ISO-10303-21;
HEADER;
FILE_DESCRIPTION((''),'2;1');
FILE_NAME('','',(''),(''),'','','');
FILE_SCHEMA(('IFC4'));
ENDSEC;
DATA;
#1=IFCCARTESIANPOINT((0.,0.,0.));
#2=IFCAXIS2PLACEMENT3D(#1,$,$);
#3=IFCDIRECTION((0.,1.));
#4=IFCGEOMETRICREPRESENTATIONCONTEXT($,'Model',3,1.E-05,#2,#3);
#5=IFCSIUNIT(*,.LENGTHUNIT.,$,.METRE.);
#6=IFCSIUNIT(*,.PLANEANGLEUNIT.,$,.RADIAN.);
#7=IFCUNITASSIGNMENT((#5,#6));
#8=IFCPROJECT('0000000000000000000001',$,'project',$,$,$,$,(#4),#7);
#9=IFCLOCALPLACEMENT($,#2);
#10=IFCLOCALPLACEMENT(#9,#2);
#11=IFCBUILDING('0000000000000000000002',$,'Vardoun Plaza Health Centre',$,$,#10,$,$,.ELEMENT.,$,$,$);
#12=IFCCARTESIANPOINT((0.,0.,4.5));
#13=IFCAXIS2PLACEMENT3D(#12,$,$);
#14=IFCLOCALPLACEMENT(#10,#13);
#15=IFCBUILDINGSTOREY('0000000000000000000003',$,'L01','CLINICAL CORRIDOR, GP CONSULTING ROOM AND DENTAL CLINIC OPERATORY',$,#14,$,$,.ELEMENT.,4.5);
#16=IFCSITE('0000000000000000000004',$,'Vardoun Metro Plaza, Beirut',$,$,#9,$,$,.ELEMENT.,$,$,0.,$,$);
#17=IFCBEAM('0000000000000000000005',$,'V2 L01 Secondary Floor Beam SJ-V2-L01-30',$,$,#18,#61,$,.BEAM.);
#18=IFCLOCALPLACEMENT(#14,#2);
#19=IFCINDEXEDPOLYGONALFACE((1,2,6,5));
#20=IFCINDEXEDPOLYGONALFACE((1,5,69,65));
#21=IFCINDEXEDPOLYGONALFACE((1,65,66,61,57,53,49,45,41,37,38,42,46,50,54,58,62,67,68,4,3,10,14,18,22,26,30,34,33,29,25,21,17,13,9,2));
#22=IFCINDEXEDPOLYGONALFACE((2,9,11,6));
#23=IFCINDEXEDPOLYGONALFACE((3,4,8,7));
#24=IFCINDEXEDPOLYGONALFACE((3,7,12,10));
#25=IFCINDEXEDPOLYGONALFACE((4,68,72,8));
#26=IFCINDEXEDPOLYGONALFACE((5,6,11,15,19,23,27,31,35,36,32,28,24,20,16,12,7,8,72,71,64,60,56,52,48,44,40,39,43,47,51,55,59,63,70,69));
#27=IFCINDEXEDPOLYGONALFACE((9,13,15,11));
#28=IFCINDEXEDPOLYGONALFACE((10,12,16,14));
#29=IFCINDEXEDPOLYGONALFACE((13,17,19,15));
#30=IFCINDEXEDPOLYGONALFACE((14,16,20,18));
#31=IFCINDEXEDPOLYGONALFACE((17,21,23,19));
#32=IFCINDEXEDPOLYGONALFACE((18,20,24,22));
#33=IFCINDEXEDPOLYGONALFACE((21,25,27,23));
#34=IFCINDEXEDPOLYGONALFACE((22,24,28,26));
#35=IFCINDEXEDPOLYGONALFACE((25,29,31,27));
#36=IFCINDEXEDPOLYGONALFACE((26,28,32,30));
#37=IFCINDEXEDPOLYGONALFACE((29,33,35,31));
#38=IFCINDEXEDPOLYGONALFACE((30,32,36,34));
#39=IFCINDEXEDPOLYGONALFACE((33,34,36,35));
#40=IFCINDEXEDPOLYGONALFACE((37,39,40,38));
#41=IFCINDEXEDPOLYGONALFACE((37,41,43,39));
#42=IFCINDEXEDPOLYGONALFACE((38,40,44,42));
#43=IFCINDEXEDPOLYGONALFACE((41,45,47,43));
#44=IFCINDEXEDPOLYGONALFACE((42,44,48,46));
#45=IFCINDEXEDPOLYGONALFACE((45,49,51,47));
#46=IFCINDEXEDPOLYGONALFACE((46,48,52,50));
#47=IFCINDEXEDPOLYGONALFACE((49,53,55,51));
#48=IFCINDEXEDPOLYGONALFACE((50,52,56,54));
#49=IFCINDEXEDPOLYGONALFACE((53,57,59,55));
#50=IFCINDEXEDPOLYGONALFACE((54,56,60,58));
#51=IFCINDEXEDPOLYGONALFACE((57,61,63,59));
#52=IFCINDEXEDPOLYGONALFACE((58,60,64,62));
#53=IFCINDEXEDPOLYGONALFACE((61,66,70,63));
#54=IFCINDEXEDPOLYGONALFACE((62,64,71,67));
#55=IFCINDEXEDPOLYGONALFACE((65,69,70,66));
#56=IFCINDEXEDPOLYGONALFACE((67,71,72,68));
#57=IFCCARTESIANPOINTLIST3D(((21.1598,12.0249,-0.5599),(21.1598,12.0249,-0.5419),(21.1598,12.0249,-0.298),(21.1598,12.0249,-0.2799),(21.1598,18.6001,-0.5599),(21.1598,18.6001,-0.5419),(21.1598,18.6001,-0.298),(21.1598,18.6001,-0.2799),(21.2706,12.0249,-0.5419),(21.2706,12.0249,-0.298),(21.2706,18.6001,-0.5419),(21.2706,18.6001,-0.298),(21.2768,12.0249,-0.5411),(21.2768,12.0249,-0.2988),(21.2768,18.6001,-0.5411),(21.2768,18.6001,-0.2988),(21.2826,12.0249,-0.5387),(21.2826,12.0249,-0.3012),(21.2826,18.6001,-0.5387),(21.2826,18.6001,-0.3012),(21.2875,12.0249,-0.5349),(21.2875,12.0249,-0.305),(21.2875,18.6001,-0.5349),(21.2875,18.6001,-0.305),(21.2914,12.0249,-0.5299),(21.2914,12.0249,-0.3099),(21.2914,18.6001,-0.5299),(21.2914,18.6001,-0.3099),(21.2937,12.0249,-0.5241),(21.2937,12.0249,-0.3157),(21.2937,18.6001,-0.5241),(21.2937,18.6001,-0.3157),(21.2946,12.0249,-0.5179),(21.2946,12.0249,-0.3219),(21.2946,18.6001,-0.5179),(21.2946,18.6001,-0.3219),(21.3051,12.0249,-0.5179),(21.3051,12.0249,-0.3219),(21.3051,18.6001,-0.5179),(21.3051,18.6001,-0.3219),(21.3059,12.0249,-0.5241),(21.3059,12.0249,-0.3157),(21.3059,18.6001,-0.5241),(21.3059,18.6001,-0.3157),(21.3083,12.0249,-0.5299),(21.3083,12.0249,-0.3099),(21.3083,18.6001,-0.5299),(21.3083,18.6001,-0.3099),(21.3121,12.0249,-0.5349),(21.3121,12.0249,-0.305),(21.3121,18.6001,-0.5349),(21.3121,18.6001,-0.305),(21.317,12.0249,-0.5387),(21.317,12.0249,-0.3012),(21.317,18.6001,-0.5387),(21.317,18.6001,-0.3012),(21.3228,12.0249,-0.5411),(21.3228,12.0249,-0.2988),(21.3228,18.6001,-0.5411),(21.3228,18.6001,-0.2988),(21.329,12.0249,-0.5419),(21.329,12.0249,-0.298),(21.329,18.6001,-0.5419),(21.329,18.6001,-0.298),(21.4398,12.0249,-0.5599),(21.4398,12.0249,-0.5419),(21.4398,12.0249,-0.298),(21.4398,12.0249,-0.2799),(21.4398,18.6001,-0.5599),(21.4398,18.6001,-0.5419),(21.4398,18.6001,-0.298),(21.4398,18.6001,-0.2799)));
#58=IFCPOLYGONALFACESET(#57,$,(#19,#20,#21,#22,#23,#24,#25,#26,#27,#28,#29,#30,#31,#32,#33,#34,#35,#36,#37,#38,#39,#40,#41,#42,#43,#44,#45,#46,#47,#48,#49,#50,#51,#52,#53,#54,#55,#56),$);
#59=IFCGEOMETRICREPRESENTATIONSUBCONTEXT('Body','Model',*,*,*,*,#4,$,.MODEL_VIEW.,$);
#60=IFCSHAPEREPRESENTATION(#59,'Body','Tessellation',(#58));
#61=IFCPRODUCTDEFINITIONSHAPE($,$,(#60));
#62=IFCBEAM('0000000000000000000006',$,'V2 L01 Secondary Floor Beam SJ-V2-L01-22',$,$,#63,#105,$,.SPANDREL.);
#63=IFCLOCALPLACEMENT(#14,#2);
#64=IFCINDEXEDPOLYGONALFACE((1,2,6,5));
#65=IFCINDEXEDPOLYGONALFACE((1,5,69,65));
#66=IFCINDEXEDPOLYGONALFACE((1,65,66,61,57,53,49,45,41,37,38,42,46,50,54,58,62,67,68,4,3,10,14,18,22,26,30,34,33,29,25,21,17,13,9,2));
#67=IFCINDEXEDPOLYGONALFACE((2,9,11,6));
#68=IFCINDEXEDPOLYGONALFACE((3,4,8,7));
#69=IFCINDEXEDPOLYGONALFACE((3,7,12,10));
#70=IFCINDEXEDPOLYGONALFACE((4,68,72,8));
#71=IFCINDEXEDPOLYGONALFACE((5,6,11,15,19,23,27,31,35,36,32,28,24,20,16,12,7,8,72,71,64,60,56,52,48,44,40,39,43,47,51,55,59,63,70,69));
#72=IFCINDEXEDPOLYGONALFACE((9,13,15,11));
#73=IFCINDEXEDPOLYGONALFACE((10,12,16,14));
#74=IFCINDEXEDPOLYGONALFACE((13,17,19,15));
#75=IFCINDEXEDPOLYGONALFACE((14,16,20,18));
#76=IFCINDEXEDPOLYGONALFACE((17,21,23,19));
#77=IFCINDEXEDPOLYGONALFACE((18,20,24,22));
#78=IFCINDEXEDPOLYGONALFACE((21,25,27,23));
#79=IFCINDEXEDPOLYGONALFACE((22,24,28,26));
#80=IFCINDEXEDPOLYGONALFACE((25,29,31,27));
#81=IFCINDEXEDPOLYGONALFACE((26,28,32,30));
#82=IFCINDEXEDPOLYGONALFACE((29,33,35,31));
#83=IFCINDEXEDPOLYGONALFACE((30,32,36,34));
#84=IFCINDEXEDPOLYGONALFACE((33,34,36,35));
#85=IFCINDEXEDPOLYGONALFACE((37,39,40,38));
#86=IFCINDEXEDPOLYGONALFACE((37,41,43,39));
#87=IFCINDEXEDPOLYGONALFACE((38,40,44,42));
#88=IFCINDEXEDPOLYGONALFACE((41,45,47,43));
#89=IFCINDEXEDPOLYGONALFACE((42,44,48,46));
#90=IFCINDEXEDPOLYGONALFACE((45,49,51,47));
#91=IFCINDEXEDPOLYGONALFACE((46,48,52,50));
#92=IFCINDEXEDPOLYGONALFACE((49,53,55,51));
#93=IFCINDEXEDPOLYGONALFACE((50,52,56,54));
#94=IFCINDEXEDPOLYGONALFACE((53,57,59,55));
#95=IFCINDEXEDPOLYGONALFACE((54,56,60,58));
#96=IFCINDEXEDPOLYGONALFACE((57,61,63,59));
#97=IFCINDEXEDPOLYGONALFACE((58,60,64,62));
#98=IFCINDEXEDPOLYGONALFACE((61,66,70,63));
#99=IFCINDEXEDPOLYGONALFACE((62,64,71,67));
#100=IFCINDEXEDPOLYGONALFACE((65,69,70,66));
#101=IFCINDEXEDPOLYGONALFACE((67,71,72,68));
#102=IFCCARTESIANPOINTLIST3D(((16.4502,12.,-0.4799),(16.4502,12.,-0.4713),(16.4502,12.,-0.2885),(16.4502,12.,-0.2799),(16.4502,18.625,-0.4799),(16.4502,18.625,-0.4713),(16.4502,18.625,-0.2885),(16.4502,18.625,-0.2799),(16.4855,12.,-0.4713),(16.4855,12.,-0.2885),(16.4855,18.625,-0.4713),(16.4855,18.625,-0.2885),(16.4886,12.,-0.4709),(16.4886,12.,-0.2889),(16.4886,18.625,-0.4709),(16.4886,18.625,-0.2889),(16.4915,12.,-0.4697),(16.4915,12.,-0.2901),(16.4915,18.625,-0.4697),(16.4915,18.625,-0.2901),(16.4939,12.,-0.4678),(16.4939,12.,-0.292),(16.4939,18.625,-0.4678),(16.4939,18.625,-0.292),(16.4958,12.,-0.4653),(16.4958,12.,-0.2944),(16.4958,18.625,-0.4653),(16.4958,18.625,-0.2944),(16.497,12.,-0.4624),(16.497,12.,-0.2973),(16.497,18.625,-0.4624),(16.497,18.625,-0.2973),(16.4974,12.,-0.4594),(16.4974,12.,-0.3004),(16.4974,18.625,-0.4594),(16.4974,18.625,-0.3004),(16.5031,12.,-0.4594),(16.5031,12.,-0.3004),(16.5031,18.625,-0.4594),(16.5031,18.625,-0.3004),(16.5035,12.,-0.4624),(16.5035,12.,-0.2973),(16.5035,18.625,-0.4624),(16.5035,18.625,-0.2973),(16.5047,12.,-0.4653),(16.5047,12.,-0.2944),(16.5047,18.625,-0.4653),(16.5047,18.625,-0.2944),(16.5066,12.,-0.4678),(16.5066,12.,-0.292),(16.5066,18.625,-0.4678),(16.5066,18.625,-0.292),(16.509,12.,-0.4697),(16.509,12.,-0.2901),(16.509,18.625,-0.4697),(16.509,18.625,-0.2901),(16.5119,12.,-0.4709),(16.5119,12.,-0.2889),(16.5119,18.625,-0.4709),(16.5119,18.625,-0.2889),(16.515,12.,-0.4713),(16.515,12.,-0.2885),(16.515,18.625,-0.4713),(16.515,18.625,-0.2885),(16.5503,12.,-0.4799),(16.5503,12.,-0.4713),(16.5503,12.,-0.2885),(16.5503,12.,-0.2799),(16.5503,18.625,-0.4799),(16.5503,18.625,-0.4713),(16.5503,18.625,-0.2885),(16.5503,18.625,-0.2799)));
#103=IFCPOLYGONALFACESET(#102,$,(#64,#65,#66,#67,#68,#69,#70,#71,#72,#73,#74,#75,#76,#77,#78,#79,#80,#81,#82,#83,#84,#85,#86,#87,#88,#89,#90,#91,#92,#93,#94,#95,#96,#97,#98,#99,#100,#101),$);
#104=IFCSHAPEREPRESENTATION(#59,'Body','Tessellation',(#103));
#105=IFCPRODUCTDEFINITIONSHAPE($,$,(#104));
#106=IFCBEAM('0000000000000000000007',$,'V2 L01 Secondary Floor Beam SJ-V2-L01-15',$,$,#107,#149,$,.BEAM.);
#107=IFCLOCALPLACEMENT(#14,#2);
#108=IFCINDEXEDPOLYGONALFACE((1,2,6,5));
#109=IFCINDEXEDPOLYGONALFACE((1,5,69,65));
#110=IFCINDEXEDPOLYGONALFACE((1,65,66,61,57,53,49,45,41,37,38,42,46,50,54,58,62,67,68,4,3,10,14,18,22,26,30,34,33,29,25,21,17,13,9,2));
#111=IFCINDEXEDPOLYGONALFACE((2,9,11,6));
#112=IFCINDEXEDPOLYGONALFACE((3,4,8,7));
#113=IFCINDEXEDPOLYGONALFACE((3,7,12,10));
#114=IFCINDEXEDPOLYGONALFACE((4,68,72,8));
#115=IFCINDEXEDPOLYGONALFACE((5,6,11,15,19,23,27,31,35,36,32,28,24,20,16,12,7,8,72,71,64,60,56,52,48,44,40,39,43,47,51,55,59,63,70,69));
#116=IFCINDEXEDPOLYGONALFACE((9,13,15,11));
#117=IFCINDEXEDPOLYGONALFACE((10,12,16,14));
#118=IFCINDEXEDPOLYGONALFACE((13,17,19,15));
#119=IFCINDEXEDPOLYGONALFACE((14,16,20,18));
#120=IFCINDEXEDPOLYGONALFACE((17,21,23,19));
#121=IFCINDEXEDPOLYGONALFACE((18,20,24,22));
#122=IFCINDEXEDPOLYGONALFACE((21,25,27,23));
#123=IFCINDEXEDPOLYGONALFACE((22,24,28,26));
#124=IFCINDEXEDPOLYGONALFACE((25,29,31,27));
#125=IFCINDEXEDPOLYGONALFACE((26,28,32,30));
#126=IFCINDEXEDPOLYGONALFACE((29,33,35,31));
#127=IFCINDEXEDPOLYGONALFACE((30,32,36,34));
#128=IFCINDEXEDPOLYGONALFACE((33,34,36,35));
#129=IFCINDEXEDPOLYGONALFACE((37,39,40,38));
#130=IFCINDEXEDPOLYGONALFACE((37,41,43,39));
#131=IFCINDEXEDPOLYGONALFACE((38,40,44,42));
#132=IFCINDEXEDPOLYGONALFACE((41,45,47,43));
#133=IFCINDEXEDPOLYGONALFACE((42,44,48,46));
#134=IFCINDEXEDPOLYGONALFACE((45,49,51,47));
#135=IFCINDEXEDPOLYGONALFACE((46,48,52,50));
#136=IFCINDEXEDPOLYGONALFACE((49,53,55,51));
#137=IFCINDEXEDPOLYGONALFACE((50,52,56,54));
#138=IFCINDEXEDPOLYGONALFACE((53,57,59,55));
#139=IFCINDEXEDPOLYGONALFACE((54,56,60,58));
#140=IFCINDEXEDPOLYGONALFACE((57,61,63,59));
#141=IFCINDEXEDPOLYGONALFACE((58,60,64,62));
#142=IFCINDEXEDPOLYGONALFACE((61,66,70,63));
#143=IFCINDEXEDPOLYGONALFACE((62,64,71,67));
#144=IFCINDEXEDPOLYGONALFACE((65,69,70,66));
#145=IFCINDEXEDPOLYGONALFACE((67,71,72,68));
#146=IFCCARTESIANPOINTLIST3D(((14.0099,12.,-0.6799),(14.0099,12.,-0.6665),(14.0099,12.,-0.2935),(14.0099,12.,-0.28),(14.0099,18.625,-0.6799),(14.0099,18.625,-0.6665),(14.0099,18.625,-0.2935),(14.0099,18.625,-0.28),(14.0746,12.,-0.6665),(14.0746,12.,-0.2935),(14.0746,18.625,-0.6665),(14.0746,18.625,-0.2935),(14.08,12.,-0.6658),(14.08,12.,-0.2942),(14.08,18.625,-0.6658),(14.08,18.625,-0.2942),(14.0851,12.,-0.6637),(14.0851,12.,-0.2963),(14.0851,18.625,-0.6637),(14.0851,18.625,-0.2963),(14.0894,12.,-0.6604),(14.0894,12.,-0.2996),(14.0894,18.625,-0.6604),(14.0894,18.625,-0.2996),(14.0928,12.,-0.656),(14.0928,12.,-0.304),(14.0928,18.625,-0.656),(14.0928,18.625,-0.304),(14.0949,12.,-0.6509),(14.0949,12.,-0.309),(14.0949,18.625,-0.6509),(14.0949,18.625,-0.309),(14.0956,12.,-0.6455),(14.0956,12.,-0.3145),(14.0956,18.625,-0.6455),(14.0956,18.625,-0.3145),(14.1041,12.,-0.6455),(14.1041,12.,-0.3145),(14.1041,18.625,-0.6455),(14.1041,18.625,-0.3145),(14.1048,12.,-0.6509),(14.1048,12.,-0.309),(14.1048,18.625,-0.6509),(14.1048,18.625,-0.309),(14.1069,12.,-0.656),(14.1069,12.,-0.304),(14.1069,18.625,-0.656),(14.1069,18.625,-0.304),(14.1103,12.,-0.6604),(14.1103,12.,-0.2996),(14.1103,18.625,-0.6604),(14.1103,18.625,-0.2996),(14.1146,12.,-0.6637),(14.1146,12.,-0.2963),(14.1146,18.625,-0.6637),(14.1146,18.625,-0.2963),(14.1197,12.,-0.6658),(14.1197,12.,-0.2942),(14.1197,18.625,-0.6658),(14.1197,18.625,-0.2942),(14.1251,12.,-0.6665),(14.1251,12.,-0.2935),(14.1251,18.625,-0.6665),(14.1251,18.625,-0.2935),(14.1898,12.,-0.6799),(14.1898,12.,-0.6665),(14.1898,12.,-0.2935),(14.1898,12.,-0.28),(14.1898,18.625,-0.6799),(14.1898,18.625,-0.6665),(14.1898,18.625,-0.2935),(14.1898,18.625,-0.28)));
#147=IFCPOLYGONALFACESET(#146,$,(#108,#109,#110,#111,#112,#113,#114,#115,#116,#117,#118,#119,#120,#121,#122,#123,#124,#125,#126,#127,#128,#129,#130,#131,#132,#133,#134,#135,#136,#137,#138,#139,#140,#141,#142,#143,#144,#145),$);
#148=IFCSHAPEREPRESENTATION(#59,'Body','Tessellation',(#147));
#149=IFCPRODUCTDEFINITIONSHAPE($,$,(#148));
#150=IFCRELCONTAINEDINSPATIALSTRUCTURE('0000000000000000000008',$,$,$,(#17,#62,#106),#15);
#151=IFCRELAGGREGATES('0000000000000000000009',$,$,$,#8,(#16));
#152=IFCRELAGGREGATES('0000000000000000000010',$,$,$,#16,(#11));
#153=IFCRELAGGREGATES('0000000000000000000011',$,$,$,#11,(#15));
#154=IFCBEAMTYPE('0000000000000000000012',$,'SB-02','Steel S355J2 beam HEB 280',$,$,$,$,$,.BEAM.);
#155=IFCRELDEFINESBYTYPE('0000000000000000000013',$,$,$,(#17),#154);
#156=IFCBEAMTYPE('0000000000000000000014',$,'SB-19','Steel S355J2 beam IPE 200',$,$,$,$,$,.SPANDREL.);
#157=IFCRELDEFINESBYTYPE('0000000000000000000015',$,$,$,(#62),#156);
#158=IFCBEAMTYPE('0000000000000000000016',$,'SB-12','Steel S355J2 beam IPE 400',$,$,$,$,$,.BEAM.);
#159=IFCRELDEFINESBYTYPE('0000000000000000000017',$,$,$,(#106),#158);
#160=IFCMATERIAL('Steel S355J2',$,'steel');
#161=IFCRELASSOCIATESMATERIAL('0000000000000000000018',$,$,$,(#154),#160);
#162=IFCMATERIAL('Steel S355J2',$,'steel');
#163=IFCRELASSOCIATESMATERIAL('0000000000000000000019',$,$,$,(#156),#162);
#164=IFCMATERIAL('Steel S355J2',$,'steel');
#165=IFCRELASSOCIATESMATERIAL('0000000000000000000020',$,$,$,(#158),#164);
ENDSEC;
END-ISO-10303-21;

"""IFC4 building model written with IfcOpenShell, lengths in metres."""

from ifc_helpers import new_model, si_unit, direction, frame, origin, origin_2d, place, context, subcontext, project, spatial, i_section, extrude, material, material_profile, profile_set, type_object, element, save


model = new_model("IFC4")

# Units and contexts
model_context = context("Model", 3, precision=1e-05, world=origin(), true_north=direction((0.0, 1.0)))
body_context = subcontext(model_context, "Body", "Model", "MODEL_VIEW")
ifc_project = project(units=[si_unit("LENGTHUNIT", "METRE"), si_unit("PLANEANGLEUNIT", "RADIAN")], contexts=[model_context])

# Site, building, storey
site_placement = place(None, origin())
site = spatial("IfcSite", under=ifc_project, at=site_placement, Name="Vardoun Metro Plaza, Beirut", CompositionType="ELEMENT", RefElevation=0.0)
building_placement = place(site_placement, origin())
building = spatial("IfcBuilding", under=site, at=building_placement, Name="Vardoun Plaza Health Centre", CompositionType="ELEMENT")
storey_placement = place(building_placement, frame((0.0, 0.0, 4.5)))
storey = spatial("IfcBuildingStorey", under=building, at=storey_placement, Name="L01", Description="CLINICAL CORRIDOR, GP CONSULTING ROOM AND DENTAL CLINIC OPERATORY", CompositionType="ELEMENT", Elevation=4.5)

# Beams
ifc_material_1 = material(Name="Steel S355J2", Category="steel")
ifc_material_profile_1 = material_profile(ifc_material_1, i_section(OverallWidth=0.28, OverallDepth=0.28, WebThickness=0.0105, FlangeThickness=0.0181, FilletRadius=0.0239, at=origin_2d()), Name="HEB 280")
ifc_profile_set_1 = profile_set([ifc_material_profile_1], Name="Steel S355J2")
beam_type_1 = type_object("IfcBeamType", Name="SB-02", Description="Steel S355J2 beam HEB 280", PredefinedType="BEAM", material=ifc_profile_set_1)
beam_1_placement = place(storey_placement, frame((21.2998, 12.0249, -0.4199), z_axis=(0.0, 1.0, 0.0), x_axis=(-1.0, 0.0, 0.0)))
element("IfcBeam", 1, at=beam_1_placement, inside=storey, type_object=beam_type_1, Name="V2 L01 Secondary Floor Beam SJ-V2-L01-30", PredefinedType="BEAM", context=body_context, shape_type="SweptSolid", body=[
    extrude(i_section(OverallWidth=0.28, OverallDepth=0.28, WebThickness=0.0105, FlangeThickness=0.0181, FilletRadius=0.0239, at=origin_2d()), origin(), (0.0, 0.0, 1.0), 6.5752),
])
ifc_material_2 = material(Name="Steel S355J2", Category="steel")
ifc_material_profile_2 = material_profile(ifc_material_2, i_section(OverallWidth=0.1001, OverallDepth=0.2, WebThickness=0.0056, FlangeThickness=0.0085, FilletRadius=0.012, at=origin_2d()), Name="IPE 200")
ifc_profile_set_2 = profile_set([ifc_material_profile_2], Name="Steel S355J2")
beam_type_2 = type_object("IfcBeamType", Name="SB-19", Description="Steel S355J2 beam IPE 200", PredefinedType="SPANDREL", material=ifc_profile_set_2)
beam_2_placement = place(storey_placement, frame((16.5002, 12.0, -0.3799), z_axis=(0.0, 1.0, 0.0), x_axis=(-1.0, 0.0, 0.0)))
element("IfcBeam", 2, at=beam_2_placement, inside=storey, type_object=beam_type_2, Name="V2 L01 Secondary Floor Beam SJ-V2-L01-22", PredefinedType="SPANDREL", context=body_context, shape_type="SweptSolid", body=[
    extrude(i_section(OverallWidth=0.1001, OverallDepth=0.2, WebThickness=0.0056, FlangeThickness=0.0085, FilletRadius=0.012, at=origin_2d()), origin(), (0.0, 0.0, 1.0), 6.625),
])
ifc_material_3 = material(Name="Steel S355J2", Category="steel")
ifc_material_profile_3 = material_profile(ifc_material_3, i_section(OverallWidth=0.1799, OverallDepth=0.3999, WebThickness=0.0085, FlangeThickness=0.0134, FilletRadius=0.021, at=origin_2d()), Name="IPE 400")
ifc_profile_set_3 = profile_set([ifc_material_profile_3], Name="Steel S355J2")
beam_type_3 = type_object("IfcBeamType", Name="SB-12", Description="Steel S355J2 beam IPE 400", PredefinedType="BEAM", material=ifc_profile_set_3)
beam_3_placement = place(storey_placement, frame((14.0999, 12.0, -0.48), z_axis=(0.0, 1.0, 0.0), x_axis=(-1.0, 0.0, 0.0)))
element("IfcBeam", 3, at=beam_3_placement, inside=storey, type_object=beam_type_3, Name="V2 L01 Secondary Floor Beam SJ-V2-L01-15", PredefinedType="BEAM", context=body_context, shape_type="SweptSolid", body=[
    extrude(i_section(OverallWidth=0.1799, OverallDepth=0.3999, WebThickness=0.0085, FlangeThickness=0.0134, FilletRadius=0.021, at=origin_2d()), origin(), (0.0, 0.0, 1.0), 6.625),
])

save(model, "model.ifc")
